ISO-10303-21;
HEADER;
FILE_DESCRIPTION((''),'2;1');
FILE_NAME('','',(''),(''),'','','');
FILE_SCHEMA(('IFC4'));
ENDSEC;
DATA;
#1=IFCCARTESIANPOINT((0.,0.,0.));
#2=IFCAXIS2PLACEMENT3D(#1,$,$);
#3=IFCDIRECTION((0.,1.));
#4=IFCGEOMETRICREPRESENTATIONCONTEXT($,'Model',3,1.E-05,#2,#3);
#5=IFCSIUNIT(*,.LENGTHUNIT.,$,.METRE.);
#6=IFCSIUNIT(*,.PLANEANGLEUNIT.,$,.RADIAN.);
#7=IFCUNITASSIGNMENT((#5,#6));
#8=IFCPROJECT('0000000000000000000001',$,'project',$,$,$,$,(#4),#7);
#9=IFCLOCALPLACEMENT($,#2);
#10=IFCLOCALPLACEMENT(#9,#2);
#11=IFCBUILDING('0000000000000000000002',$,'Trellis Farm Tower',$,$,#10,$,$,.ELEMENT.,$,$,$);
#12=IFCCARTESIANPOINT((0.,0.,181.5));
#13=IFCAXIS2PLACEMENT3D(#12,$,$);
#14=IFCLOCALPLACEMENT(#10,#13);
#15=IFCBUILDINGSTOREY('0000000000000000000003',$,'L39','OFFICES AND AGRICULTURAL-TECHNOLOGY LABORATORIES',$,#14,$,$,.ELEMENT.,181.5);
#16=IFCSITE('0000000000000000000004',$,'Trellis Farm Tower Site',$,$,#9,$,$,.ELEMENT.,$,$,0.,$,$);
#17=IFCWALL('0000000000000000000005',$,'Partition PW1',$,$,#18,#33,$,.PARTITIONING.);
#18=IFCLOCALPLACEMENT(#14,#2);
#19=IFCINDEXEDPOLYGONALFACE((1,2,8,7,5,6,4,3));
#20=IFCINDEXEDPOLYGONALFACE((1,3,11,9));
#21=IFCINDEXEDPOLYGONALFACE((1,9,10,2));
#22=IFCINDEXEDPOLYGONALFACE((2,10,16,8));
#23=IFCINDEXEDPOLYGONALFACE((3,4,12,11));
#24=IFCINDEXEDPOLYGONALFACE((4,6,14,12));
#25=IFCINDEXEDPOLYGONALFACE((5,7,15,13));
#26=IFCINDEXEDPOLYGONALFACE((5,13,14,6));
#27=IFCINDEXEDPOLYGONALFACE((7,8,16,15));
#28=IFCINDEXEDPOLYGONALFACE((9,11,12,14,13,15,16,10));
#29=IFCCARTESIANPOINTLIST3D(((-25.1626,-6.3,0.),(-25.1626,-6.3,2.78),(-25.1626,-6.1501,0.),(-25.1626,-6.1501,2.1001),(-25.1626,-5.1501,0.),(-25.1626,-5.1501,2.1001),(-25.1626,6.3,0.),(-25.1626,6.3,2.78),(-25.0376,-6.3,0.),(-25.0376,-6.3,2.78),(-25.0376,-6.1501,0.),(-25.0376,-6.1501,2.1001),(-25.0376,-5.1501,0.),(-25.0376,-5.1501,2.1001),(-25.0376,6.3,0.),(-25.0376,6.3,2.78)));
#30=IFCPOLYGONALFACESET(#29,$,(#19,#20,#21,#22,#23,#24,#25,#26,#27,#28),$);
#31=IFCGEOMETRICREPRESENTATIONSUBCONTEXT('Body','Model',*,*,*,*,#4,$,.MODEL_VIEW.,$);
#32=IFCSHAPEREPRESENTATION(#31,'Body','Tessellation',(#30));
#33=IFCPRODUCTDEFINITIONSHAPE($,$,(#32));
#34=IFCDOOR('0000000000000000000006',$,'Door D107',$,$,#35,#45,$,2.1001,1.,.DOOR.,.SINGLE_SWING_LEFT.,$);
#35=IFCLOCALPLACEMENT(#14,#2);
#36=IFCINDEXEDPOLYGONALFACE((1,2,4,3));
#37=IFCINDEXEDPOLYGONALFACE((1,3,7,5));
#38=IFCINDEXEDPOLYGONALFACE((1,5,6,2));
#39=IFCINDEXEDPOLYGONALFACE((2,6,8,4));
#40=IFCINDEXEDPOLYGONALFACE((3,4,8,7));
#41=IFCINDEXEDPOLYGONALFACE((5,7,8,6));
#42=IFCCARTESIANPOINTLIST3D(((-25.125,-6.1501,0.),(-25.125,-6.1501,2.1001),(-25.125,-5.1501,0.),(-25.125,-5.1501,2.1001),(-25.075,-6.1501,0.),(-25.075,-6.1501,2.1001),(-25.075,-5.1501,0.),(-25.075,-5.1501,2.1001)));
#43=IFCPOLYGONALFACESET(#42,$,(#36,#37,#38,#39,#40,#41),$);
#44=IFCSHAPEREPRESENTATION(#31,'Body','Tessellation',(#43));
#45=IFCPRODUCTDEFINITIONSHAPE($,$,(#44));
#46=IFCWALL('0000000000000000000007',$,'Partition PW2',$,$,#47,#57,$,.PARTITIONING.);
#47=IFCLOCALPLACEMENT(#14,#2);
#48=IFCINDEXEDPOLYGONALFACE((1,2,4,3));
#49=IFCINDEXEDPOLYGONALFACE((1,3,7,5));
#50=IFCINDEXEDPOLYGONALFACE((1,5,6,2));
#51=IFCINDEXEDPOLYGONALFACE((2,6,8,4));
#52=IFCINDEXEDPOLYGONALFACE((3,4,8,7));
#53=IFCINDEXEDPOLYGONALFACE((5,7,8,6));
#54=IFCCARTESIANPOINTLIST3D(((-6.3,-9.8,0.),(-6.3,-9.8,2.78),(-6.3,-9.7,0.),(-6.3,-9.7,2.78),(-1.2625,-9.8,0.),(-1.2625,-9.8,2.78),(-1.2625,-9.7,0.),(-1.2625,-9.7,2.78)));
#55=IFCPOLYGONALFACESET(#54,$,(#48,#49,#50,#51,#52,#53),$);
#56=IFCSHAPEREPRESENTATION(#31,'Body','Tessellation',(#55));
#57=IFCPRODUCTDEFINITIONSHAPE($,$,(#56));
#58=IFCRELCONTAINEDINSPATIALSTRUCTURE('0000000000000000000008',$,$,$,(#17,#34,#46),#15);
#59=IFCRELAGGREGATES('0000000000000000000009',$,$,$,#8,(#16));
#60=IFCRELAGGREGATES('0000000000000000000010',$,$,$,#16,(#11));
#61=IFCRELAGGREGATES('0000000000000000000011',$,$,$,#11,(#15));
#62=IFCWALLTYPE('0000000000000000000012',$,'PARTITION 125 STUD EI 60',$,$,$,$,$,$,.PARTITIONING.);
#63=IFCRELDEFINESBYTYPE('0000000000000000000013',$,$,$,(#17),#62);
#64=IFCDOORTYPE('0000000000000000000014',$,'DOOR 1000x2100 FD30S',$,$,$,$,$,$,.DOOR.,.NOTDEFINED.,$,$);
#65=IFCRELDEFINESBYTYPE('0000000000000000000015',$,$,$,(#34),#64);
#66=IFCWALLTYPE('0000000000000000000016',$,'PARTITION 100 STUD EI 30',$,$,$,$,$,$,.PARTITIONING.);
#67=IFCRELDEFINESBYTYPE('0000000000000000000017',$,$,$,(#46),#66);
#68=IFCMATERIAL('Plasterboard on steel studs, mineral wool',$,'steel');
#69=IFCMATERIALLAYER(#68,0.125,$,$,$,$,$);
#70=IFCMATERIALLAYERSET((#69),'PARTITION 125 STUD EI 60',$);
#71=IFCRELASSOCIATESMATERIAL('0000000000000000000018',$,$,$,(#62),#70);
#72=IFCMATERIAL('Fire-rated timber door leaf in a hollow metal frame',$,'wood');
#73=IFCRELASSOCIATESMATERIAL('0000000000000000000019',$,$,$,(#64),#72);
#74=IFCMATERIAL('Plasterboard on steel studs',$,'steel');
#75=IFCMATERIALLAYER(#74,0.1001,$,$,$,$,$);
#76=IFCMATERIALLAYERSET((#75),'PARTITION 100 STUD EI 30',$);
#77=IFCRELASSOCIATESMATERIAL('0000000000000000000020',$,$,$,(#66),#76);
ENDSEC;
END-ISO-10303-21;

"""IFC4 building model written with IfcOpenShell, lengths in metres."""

from ifc_helpers import new_model, si_unit, direction, frame, frame_2d, origin, place, context, subcontext, project, spatial, rectangle, extrude, source, transform, mapped, material, layer, layer_set, type_object, element, fill, save


model = new_model("IFC4")

# Units and contexts
model_context = context("Model", 3, precision=1e-05, world=origin(), true_north=direction((0.0, 1.0)))
body_context = subcontext(model_context, "Body", "Model", "MODEL_VIEW")
ifc_project = project(units=[si_unit("LENGTHUNIT", "METRE"), si_unit("PLANEANGLEUNIT", "RADIAN")], contexts=[model_context])

# Site, building, storey
site_placement = place(None, origin())
site = spatial("IfcSite", under=ifc_project, at=site_placement, Name="Trellis Farm Tower Site", CompositionType="ELEMENT", RefElevation=0.0)
building_placement = place(site_placement, origin())
building = spatial("IfcBuilding", under=site, at=building_placement, Name="Trellis Farm Tower", CompositionType="ELEMENT")
storey_placement = place(building_placement, frame((0.0, 0.0, 181.5)))
storey = spatial("IfcBuildingStorey", under=building, at=storey_placement, Name="L39", Description="OFFICES AND AGRICULTURAL-TECHNOLOGY LABORATORIES", CompositionType="ELEMENT", Elevation=181.5)

# Shared definitions
ifc_material_1 = material(Name="Plasterboard on steel studs, mineral wool", Category="steel")
ifc_layer_1 = layer(ifc_material_1, 0.125)
ifc_layer_set_1 = layer_set([ifc_layer_1], Name="PARTITION 125 STUD EI 60")
wall_type_1 = type_object("IfcWallType", Name="PARTITION 125 STUD EI 60", PredefinedType="PARTITIONING", material=ifc_layer_set_1)

# Wall, opening, door
shared_shape_1 = source(origin(), body_context, "Body", "SweptSolid", [
    extrude(rectangle(XDim=12.6001, YDim=0.125, at=frame_2d((6.3, 0.0))), origin(), (0.0, 0.0, 1.0), 2.78),
])
wall_1_placement = place(storey_placement, frame((-25.1001, -6.3, 0.0), z_axis=(0.0, 0.0, 1.0), x_axis=(0.0, 1.0, 0.0)))
wall_1 = element("IfcWall", 1, at=wall_1_placement, inside=storey, type_object=wall_type_1, Name="Partition PW1", PredefinedType="PARTITIONING", context=body_context, shape_type="MappedRepresentation", body=[
    mapped(shared_shape_1, transform((0.0, 0.0, 0.0))),
])
shared_shape_2 = source(origin(), body_context, "Body", "SweptSolid", [
    extrude(rectangle(XDim=1.0, YDim=2.1001, at=frame_2d((0.5, 1.05))), frame((0.0, 0.0725, 0.0), z_axis=(0.0, -1.0, 0.0), x_axis=(1.0, 0.0, 0.0)), (0.0, 0.0, 1.0), 0.145),
])
opening_placement = place(wall_1_placement, frame((0.1499, 0.0, 0.0)))
opening = element("IfcOpeningElement", 2, at=opening_placement, cuts=wall_1, PredefinedType="OPENING", context=body_context, shape_type="MappedRepresentation", body=[
    mapped(shared_shape_2, transform((0.0, 0.0, 0.0))),
])
ifc_material_2 = material(Name="Fire-rated timber door leaf in a hollow metal frame", Category="wood")
door_type = type_object("IfcDoorType", Name="DOOR 1000x2100 FD30S", OperationType="NOTDEFINED", PredefinedType="DOOR", material=ifc_material_2)
shared_shape_3 = source(origin(), body_context, "Body", "SweptSolid", [
    extrude(rectangle(XDim=1.0, YDim=2.1001, at=frame_2d((0.5, 1.05))), frame((0.0, 0.0249, 0.0), z_axis=(0.0, -1.0, 0.0), x_axis=(1.0, 0.0, 0.0)), (0.0, 0.0, 1.0), 0.05),
])
door_placement = place(opening_placement, origin())
door = element("IfcDoor", 3, at=door_placement, inside=storey, type_object=door_type, Name="Door D107", OperationType="SINGLE_SWING_LEFT", OverallHeight=2.1001, OverallWidth=1.0, PredefinedType="DOOR", context=body_context, shape_type="MappedRepresentation", body=[
    mapped(shared_shape_3, transform((0.0, 0.0, 0.0))),
])
fill(opening, door)

# Wall
ifc_material_3 = material(Name="Plasterboard on steel studs", Category="steel")
ifc_layer_2 = layer(ifc_material_3, 0.1001)
ifc_layer_set_2 = layer_set([ifc_layer_2], Name="PARTITION 100 STUD EI 30")
wall_type_2 = type_object("IfcWallType", Name="PARTITION 100 STUD EI 30", PredefinedType="PARTITIONING", material=ifc_layer_set_2)
shared_shape_4 = source(origin(), body_context, "Body", "SweptSolid", [
    extrude(rectangle(XDim=5.0376, YDim=0.1001, at=frame_2d((2.5188, 0.0))), origin(), (0.0, 0.0, 1.0), 2.78),
])
wall_2_placement = place(storey_placement, frame((-6.3, -9.75, 0.0), z_axis=(0.0, 0.0, 1.0), x_axis=(1.0, 0.0, 0.0)))
element("IfcWall", 4, at=wall_2_placement, inside=storey, type_object=wall_type_2, Name="Partition PW2", PredefinedType="PARTITIONING", context=body_context, shape_type="MappedRepresentation", body=[
    mapped(shared_shape_4, transform((0.0, 0.0, 0.0))),
])

save(model, "model.ifc")
